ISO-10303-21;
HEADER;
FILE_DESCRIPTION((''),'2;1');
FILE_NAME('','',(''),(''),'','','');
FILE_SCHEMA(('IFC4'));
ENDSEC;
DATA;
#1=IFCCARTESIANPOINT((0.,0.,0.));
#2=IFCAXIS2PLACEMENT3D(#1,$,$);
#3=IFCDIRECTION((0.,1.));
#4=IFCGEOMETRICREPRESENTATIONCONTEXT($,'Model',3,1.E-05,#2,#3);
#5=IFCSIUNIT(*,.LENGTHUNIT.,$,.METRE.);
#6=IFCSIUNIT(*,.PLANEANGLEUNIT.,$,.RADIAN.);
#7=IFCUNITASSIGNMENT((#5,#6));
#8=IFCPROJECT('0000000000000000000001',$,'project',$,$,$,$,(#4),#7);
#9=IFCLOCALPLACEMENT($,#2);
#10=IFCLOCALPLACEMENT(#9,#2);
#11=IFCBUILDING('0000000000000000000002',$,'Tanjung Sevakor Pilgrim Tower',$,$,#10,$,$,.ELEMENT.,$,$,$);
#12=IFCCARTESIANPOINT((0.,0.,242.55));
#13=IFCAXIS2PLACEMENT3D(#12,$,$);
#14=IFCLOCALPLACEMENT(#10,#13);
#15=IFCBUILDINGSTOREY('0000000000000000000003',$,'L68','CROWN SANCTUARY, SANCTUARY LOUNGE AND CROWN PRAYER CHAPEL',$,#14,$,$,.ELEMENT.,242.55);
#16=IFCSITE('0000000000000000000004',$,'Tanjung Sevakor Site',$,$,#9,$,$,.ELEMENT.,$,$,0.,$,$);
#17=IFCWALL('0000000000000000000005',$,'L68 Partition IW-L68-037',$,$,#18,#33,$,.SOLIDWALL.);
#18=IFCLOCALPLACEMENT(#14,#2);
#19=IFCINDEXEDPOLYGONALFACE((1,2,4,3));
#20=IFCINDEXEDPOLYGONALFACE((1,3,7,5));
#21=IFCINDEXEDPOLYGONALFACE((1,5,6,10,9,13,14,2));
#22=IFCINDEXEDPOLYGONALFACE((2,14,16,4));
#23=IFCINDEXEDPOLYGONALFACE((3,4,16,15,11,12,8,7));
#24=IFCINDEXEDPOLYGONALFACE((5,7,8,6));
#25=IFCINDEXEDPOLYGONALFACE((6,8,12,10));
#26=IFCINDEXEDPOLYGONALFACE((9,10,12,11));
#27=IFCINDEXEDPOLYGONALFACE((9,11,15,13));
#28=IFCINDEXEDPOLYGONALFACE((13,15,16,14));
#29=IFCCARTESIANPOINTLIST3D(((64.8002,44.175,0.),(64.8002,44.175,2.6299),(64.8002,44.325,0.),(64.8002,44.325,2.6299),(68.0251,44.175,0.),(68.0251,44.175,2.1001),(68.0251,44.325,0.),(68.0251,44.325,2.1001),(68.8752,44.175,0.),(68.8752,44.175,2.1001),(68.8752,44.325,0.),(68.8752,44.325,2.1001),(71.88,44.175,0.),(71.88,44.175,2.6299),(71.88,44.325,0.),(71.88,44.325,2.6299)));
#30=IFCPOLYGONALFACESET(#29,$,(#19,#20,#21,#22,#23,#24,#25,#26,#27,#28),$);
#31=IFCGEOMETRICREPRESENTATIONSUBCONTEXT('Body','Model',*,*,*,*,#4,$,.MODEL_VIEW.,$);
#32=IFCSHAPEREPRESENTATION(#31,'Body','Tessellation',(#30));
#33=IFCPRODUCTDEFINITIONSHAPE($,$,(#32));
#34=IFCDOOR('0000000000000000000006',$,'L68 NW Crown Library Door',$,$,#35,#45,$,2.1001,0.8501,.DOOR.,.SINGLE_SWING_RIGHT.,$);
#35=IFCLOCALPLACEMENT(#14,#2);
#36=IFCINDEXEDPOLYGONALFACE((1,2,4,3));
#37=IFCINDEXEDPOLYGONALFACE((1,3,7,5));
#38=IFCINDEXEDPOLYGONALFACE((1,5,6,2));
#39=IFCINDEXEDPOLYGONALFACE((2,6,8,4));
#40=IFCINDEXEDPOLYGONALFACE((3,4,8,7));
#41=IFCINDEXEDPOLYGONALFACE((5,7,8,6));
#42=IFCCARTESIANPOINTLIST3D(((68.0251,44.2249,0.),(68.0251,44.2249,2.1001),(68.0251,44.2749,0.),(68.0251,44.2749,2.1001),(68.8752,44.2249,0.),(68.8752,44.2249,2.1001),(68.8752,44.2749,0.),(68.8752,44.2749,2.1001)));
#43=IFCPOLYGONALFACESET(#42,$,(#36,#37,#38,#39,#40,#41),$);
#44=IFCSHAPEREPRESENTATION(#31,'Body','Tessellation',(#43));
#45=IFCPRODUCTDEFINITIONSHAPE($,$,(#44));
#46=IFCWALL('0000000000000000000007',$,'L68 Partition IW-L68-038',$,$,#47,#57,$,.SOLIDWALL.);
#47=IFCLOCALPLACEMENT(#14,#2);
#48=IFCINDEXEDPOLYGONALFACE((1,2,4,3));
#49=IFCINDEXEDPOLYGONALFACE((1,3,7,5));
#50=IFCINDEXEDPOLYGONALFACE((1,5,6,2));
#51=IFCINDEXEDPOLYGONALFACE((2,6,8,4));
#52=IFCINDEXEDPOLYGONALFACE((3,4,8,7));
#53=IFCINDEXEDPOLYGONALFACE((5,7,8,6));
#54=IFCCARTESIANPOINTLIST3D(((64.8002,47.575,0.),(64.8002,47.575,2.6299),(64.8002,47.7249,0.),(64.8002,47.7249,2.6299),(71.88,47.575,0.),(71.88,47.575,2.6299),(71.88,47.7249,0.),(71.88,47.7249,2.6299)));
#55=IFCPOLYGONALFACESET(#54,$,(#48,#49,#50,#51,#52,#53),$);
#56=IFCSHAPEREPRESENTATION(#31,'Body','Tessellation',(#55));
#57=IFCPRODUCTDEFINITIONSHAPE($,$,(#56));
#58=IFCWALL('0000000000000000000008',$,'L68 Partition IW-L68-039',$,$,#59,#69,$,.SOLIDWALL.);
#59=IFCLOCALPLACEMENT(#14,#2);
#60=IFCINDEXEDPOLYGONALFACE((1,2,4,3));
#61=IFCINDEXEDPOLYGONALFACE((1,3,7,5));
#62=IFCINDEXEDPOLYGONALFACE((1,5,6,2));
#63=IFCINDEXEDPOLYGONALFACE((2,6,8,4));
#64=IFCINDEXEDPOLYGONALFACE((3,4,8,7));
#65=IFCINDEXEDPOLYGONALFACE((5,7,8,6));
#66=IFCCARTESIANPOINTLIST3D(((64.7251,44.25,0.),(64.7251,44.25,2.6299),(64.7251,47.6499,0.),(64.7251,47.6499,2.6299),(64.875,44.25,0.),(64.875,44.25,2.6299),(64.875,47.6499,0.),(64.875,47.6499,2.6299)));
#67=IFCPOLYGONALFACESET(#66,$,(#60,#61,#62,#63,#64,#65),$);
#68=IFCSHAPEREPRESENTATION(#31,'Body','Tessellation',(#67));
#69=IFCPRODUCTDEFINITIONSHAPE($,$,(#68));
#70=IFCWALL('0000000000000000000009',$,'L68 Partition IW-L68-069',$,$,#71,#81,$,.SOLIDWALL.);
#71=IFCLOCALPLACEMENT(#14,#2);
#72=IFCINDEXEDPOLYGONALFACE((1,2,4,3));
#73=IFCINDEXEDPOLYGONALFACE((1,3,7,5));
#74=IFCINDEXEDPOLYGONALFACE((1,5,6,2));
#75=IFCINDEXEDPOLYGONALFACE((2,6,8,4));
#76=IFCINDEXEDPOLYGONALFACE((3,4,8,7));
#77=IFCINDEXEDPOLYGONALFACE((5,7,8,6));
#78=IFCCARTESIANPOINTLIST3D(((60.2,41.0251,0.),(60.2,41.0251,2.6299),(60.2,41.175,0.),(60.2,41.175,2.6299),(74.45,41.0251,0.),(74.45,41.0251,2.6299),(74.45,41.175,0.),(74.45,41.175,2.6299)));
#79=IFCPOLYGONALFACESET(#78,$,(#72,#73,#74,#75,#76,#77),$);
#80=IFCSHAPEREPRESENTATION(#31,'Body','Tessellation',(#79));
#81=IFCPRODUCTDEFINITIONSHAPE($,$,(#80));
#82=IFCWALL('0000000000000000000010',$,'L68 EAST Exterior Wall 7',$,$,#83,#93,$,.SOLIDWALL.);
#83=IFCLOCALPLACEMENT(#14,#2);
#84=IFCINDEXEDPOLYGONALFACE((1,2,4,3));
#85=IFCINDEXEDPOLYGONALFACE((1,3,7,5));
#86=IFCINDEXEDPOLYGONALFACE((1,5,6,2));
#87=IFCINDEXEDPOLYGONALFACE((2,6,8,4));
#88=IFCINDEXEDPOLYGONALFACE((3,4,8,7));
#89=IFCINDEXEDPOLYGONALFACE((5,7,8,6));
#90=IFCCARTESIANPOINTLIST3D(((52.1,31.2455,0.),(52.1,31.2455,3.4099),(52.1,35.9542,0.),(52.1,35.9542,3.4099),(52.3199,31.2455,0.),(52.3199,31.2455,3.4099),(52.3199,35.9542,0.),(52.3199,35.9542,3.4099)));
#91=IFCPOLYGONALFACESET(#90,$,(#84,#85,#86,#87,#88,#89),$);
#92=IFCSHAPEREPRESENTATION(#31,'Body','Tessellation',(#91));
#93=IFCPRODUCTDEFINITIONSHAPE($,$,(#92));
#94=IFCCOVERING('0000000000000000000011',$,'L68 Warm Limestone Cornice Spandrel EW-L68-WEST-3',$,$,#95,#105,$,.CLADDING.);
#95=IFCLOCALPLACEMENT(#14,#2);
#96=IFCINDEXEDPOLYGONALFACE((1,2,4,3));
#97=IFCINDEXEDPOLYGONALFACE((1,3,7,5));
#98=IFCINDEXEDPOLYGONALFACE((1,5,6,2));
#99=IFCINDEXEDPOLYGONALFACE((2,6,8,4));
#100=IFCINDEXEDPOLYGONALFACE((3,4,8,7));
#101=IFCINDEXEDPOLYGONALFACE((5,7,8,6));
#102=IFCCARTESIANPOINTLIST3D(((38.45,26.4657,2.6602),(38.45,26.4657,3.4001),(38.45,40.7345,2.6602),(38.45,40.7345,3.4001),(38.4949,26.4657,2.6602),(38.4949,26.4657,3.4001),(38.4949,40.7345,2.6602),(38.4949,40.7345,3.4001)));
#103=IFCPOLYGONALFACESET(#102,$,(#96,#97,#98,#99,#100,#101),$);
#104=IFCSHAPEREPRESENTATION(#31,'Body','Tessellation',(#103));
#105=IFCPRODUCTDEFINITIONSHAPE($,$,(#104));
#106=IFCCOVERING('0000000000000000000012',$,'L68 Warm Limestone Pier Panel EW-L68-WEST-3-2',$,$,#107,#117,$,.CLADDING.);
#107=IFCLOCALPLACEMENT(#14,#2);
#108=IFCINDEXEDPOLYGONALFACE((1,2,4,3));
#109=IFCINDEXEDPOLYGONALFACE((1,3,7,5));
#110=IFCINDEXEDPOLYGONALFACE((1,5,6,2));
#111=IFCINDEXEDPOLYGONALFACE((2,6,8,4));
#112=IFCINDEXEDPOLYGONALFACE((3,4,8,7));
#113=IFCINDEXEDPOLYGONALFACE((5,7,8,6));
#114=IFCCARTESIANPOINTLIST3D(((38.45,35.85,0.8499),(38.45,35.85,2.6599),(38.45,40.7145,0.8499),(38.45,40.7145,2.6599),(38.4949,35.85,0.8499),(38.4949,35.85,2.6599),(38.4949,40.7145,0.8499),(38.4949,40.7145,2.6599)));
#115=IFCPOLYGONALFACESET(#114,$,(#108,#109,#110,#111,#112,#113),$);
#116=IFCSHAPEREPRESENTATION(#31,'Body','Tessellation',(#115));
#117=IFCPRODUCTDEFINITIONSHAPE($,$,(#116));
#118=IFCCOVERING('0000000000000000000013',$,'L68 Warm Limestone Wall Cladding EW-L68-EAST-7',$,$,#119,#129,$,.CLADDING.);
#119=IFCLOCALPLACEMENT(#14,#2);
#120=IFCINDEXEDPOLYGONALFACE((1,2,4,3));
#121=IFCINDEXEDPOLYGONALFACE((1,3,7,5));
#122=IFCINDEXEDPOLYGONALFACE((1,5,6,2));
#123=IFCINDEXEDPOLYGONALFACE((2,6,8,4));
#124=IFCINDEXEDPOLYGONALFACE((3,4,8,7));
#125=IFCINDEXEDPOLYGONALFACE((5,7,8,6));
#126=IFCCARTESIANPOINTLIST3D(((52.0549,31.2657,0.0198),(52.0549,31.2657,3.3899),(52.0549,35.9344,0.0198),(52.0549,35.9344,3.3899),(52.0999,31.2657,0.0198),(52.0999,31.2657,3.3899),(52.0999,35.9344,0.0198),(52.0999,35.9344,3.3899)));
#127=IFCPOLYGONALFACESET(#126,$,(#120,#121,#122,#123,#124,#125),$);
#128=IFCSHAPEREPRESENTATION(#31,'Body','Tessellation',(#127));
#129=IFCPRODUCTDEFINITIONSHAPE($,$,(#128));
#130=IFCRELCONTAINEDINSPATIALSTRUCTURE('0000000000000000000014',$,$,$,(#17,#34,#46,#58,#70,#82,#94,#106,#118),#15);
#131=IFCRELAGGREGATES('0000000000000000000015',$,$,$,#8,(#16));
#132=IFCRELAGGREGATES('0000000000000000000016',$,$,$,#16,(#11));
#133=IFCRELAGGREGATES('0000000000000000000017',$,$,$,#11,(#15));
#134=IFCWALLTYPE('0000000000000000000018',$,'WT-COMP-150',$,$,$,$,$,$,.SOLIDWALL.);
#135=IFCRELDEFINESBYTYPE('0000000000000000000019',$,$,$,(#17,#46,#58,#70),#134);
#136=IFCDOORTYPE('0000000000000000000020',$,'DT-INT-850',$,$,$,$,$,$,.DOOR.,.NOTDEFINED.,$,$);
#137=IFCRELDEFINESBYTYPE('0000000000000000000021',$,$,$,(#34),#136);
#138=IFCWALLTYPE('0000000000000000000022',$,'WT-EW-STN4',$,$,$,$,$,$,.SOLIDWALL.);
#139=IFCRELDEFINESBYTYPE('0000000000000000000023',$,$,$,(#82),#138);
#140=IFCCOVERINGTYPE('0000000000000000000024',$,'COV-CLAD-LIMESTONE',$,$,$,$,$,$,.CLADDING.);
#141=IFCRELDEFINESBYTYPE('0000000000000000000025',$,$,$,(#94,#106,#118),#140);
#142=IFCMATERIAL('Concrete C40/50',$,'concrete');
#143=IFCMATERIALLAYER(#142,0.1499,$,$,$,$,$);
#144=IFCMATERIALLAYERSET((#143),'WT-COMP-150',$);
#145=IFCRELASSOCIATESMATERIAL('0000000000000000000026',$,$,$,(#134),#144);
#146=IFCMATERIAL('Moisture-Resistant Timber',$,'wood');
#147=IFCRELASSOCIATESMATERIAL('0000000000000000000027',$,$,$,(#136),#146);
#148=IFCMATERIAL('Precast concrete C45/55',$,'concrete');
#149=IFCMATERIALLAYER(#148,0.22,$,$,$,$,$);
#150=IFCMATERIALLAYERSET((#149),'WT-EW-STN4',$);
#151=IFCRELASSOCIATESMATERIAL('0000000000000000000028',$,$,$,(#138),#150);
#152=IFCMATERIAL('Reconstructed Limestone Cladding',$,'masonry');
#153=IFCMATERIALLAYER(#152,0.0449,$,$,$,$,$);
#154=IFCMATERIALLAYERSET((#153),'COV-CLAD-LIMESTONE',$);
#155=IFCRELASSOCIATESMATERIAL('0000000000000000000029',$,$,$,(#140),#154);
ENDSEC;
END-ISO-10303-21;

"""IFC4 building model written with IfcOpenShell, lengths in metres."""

from ifc_helpers import new_model, si_unit, direction, frame, frame_2d, origin, origin_2d, place, context, subcontext, project, spatial, rectangle, extrude, material, layer, layer_set, type_object, element, fill, save


model = new_model("IFC4")

# Units and contexts
model_context = context("Model", 3, precision=1e-05, world=origin(), true_north=direction((0.0, 1.0)))
body_context = subcontext(model_context, "Body", "Model", "MODEL_VIEW")
ifc_project = project(units=[si_unit("LENGTHUNIT", "METRE"), si_unit("PLANEANGLEUNIT", "RADIAN")], contexts=[model_context])

# Site, building, storey
site_placement = place(None, origin())
site = spatial("IfcSite", under=ifc_project, at=site_placement, Name="Tanjung Sevakor Site", CompositionType="ELEMENT", RefElevation=0.0)
building_placement = place(site_placement, origin())
building = spatial("IfcBuilding", under=site, at=building_placement, Name="Tanjung Sevakor Pilgrim Tower", CompositionType="ELEMENT")
storey_placement = place(building_placement, frame((0.0, 0.0, 242.55)))
storey = spatial("IfcBuildingStorey", under=building, at=storey_placement, Name="L68", Description="CROWN SANCTUARY, SANCTUARY LOUNGE AND CROWN PRAYER CHAPEL", CompositionType="ELEMENT", Elevation=242.55)

# Wall, opening, door
ifc_material_1 = material(Name="Concrete C40/50", Category="concrete")
ifc_layer_1 = layer(ifc_material_1, 0.1499)
ifc_layer_set_1 = layer_set([ifc_layer_1], Name="WT-COMP-150")
wall_type_1 = type_object("IfcWallType", Name="WT-COMP-150", PredefinedType="SOLIDWALL", material=ifc_layer_set_1)
wall_1_placement = place(storey_placement, frame((64.8, 44.25, 0.0), z_axis=(0.0, 0.0, 1.0), x_axis=(1.0, 0.0, 0.0)))
wall_1 = element("IfcWall", 1, at=wall_1_placement, inside=storey, type_object=wall_type_1, Name="L68 Partition IW-L68-037", PredefinedType="SOLIDWALL", context=body_context, shape_type="SweptSolid", body=[
    extrude(rectangle(XDim=7.0798, YDim=0.1499, at=frame_2d((3.54, 0.0))), origin(), (0.0, 0.0, 1.0), 2.6299),
])
opening_placement = place(wall_1_placement, frame((3.2251, 0.0, 0.0)))
opening = element("IfcOpeningElement", 2, at=opening_placement, cuts=wall_1, PredefinedType="OPENING", context=body_context, shape_type="SweptSolid", body=[
    extrude(rectangle(XDim=0.8501, YDim=2.1001, at=frame_2d((0.425, 1.05))), frame((0.0, 0.085, 0.0), z_axis=(0.0, -1.0, 0.0), x_axis=(1.0, 0.0, 0.0)), (0.0, 0.0, 1.0), 0.1699),
])
ifc_material_2 = material(Name="Moisture-Resistant Timber", Category="wood")
door_type = type_object("IfcDoorType", Name="DT-INT-850", OperationType="NOTDEFINED", PredefinedType="DOOR", material=ifc_material_2)
door_placement = place(opening_placement, origin())
door = element("IfcDoor", 3, at=door_placement, inside=storey, type_object=door_type, Name="L68 NW Crown Library Door", OperationType="SINGLE_SWING_RIGHT", OverallHeight=2.1001, OverallWidth=0.8501, PredefinedType="DOOR", context=body_context, shape_type="SweptSolid", body=[
    extrude(rectangle(XDim=0.8501, YDim=2.1001, at=frame_2d((0.425, 1.05))), frame((0.0, 0.0249, 0.0), z_axis=(0.0, -1.0, 0.0), x_axis=(1.0, 0.0, 0.0)), (0.0, 0.0, 1.0), 0.05),
])
fill(opening, door)

# Walls
wall_2_placement = place(storey_placement, frame((64.8, 47.6499, 0.0), z_axis=(0.0, 0.0, 1.0), x_axis=(1.0, 0.0, 0.0)))
element("IfcWall", 4, at=wall_2_placement, inside=storey, type_object=wall_type_1, Name="L68 Partition IW-L68-038", PredefinedType="SOLIDWALL", context=body_context, shape_type="SweptSolid", body=[
    extrude(rectangle(XDim=7.0798, YDim=0.1499, at=frame_2d((3.54, 0.0))), origin(), (0.0, 0.0, 1.0), 2.6299),
])
wall_3_placement = place(storey_placement, frame((64.8, 44.25, 0.0), z_axis=(0.0, 0.0, 1.0), x_axis=(0.0, 1.0, 0.0)))
element("IfcWall", 5, at=wall_3_placement, inside=storey, type_object=wall_type_1, Name="L68 Partition IW-L68-039", PredefinedType="SOLIDWALL", context=body_context, shape_type="SweptSolid", body=[
    extrude(rectangle(XDim=3.3999, YDim=0.1499, at=frame_2d((1.7, 0.0))), origin(), (0.0, 0.0, 1.0), 2.6299),
])
wall_4_placement = place(storey_placement, frame((60.2, 41.1001, 0.0), z_axis=(0.0, 0.0, 1.0), x_axis=(1.0, 0.0, 0.0)))
element("IfcWall", 6, at=wall_4_placement, inside=storey, type_object=wall_type_1, Name="L68 Partition IW-L68-069", PredefinedType="SOLIDWALL", context=body_context, shape_type="SweptSolid", body=[
    extrude(rectangle(XDim=14.25, YDim=0.1499, at=frame_2d((7.125, 0.0))), origin(), (0.0, 0.0, 1.0), 2.6299),
])
ifc_material_3 = material(Name="Precast concrete C45/55", Category="concrete")
ifc_layer_2 = layer(ifc_material_3, 0.22)
ifc_layer_set_2 = layer_set([ifc_layer_2], Name="WT-EW-STN4")
wall_type_2 = type_object("IfcWallType", Name="WT-EW-STN4", PredefinedType="SOLIDWALL", material=ifc_layer_set_2)
wall_5_placement = place(storey_placement, frame((52.21, 35.9543, 0.0), z_axis=(0.0, 0.0, 1.0), x_axis=(0.0, -1.0, 0.0)))
element("IfcWall", 7, at=wall_5_placement, inside=storey, type_object=wall_type_2, Name="L68 EAST Exterior Wall 7", PredefinedType="SOLIDWALL", context=body_context, shape_type="SweptSolid", body=[
    extrude(rectangle(XDim=4.7087, YDim=0.22, at=frame_2d((2.3545, 0.0))), origin(), (0.0, 0.0, 1.0), 3.4099),
])

# Coverings
ifc_material_4 = material(Name="Reconstructed Limestone Cladding", Category="masonry")
ifc_layer_3 = layer(ifc_material_4, 0.0449)
ifc_layer_set_3 = layer_set([ifc_layer_3], Name="COV-CLAD-LIMESTONE")
covering_type = type_object("IfcCoveringType", Name="COV-CLAD-LIMESTONE", PredefinedType="CLADDING", material=ifc_layer_set_3)
covering_1_placement = place(storey_placement, frame((38.4724, 33.6001, 2.6602), z_axis=(0.0, 0.0, 1.0), x_axis=(0.0, 1.0, 0.0)))
element("IfcCovering", 8, at=covering_1_placement, inside=storey, type_object=covering_type, Name="L68 Warm Limestone Cornice Spandrel EW-L68-WEST-3", PredefinedType="CLADDING", context=body_context, shape_type="SweptSolid", body=[
    extrude(rectangle(XDim=14.2688, YDim=0.0449, at=origin_2d()), origin(), (0.0, 0.0, 1.0), 0.74),
])
covering_2_placement = place(storey_placement, frame((38.4724, 38.2822, 0.8499), z_axis=(0.0, 0.0, 1.0), x_axis=(0.0, 1.0, 0.0)))
element("IfcCovering", 9, at=covering_2_placement, inside=storey, type_object=covering_type, Name="L68 Warm Limestone Pier Panel EW-L68-WEST-3-2", PredefinedType="CLADDING", context=body_context, shape_type="SweptSolid", body=[
    extrude(rectangle(XDim=4.8645, YDim=0.0449, at=origin_2d()), origin(), (0.0, 0.0, 1.0), 1.8101),
])
covering_3_placement = place(storey_placement, frame((52.0774, 33.6001, 0.0198), z_axis=(0.0, 0.0, 1.0), x_axis=(0.0, -1.0, 0.0)))
element("IfcCovering", 10, at=covering_3_placement, inside=storey, type_object=covering_type, Name="L68 Warm Limestone Wall Cladding EW-L68-EAST-7", PredefinedType="CLADDING", context=body_context, shape_type="SweptSolid", body=[
    extrude(rectangle(XDim=4.6687, YDim=0.0449, at=origin_2d()), origin(), (0.0, 0.0, 1.0), 3.3701),
])

save(model, "model.ifc")
